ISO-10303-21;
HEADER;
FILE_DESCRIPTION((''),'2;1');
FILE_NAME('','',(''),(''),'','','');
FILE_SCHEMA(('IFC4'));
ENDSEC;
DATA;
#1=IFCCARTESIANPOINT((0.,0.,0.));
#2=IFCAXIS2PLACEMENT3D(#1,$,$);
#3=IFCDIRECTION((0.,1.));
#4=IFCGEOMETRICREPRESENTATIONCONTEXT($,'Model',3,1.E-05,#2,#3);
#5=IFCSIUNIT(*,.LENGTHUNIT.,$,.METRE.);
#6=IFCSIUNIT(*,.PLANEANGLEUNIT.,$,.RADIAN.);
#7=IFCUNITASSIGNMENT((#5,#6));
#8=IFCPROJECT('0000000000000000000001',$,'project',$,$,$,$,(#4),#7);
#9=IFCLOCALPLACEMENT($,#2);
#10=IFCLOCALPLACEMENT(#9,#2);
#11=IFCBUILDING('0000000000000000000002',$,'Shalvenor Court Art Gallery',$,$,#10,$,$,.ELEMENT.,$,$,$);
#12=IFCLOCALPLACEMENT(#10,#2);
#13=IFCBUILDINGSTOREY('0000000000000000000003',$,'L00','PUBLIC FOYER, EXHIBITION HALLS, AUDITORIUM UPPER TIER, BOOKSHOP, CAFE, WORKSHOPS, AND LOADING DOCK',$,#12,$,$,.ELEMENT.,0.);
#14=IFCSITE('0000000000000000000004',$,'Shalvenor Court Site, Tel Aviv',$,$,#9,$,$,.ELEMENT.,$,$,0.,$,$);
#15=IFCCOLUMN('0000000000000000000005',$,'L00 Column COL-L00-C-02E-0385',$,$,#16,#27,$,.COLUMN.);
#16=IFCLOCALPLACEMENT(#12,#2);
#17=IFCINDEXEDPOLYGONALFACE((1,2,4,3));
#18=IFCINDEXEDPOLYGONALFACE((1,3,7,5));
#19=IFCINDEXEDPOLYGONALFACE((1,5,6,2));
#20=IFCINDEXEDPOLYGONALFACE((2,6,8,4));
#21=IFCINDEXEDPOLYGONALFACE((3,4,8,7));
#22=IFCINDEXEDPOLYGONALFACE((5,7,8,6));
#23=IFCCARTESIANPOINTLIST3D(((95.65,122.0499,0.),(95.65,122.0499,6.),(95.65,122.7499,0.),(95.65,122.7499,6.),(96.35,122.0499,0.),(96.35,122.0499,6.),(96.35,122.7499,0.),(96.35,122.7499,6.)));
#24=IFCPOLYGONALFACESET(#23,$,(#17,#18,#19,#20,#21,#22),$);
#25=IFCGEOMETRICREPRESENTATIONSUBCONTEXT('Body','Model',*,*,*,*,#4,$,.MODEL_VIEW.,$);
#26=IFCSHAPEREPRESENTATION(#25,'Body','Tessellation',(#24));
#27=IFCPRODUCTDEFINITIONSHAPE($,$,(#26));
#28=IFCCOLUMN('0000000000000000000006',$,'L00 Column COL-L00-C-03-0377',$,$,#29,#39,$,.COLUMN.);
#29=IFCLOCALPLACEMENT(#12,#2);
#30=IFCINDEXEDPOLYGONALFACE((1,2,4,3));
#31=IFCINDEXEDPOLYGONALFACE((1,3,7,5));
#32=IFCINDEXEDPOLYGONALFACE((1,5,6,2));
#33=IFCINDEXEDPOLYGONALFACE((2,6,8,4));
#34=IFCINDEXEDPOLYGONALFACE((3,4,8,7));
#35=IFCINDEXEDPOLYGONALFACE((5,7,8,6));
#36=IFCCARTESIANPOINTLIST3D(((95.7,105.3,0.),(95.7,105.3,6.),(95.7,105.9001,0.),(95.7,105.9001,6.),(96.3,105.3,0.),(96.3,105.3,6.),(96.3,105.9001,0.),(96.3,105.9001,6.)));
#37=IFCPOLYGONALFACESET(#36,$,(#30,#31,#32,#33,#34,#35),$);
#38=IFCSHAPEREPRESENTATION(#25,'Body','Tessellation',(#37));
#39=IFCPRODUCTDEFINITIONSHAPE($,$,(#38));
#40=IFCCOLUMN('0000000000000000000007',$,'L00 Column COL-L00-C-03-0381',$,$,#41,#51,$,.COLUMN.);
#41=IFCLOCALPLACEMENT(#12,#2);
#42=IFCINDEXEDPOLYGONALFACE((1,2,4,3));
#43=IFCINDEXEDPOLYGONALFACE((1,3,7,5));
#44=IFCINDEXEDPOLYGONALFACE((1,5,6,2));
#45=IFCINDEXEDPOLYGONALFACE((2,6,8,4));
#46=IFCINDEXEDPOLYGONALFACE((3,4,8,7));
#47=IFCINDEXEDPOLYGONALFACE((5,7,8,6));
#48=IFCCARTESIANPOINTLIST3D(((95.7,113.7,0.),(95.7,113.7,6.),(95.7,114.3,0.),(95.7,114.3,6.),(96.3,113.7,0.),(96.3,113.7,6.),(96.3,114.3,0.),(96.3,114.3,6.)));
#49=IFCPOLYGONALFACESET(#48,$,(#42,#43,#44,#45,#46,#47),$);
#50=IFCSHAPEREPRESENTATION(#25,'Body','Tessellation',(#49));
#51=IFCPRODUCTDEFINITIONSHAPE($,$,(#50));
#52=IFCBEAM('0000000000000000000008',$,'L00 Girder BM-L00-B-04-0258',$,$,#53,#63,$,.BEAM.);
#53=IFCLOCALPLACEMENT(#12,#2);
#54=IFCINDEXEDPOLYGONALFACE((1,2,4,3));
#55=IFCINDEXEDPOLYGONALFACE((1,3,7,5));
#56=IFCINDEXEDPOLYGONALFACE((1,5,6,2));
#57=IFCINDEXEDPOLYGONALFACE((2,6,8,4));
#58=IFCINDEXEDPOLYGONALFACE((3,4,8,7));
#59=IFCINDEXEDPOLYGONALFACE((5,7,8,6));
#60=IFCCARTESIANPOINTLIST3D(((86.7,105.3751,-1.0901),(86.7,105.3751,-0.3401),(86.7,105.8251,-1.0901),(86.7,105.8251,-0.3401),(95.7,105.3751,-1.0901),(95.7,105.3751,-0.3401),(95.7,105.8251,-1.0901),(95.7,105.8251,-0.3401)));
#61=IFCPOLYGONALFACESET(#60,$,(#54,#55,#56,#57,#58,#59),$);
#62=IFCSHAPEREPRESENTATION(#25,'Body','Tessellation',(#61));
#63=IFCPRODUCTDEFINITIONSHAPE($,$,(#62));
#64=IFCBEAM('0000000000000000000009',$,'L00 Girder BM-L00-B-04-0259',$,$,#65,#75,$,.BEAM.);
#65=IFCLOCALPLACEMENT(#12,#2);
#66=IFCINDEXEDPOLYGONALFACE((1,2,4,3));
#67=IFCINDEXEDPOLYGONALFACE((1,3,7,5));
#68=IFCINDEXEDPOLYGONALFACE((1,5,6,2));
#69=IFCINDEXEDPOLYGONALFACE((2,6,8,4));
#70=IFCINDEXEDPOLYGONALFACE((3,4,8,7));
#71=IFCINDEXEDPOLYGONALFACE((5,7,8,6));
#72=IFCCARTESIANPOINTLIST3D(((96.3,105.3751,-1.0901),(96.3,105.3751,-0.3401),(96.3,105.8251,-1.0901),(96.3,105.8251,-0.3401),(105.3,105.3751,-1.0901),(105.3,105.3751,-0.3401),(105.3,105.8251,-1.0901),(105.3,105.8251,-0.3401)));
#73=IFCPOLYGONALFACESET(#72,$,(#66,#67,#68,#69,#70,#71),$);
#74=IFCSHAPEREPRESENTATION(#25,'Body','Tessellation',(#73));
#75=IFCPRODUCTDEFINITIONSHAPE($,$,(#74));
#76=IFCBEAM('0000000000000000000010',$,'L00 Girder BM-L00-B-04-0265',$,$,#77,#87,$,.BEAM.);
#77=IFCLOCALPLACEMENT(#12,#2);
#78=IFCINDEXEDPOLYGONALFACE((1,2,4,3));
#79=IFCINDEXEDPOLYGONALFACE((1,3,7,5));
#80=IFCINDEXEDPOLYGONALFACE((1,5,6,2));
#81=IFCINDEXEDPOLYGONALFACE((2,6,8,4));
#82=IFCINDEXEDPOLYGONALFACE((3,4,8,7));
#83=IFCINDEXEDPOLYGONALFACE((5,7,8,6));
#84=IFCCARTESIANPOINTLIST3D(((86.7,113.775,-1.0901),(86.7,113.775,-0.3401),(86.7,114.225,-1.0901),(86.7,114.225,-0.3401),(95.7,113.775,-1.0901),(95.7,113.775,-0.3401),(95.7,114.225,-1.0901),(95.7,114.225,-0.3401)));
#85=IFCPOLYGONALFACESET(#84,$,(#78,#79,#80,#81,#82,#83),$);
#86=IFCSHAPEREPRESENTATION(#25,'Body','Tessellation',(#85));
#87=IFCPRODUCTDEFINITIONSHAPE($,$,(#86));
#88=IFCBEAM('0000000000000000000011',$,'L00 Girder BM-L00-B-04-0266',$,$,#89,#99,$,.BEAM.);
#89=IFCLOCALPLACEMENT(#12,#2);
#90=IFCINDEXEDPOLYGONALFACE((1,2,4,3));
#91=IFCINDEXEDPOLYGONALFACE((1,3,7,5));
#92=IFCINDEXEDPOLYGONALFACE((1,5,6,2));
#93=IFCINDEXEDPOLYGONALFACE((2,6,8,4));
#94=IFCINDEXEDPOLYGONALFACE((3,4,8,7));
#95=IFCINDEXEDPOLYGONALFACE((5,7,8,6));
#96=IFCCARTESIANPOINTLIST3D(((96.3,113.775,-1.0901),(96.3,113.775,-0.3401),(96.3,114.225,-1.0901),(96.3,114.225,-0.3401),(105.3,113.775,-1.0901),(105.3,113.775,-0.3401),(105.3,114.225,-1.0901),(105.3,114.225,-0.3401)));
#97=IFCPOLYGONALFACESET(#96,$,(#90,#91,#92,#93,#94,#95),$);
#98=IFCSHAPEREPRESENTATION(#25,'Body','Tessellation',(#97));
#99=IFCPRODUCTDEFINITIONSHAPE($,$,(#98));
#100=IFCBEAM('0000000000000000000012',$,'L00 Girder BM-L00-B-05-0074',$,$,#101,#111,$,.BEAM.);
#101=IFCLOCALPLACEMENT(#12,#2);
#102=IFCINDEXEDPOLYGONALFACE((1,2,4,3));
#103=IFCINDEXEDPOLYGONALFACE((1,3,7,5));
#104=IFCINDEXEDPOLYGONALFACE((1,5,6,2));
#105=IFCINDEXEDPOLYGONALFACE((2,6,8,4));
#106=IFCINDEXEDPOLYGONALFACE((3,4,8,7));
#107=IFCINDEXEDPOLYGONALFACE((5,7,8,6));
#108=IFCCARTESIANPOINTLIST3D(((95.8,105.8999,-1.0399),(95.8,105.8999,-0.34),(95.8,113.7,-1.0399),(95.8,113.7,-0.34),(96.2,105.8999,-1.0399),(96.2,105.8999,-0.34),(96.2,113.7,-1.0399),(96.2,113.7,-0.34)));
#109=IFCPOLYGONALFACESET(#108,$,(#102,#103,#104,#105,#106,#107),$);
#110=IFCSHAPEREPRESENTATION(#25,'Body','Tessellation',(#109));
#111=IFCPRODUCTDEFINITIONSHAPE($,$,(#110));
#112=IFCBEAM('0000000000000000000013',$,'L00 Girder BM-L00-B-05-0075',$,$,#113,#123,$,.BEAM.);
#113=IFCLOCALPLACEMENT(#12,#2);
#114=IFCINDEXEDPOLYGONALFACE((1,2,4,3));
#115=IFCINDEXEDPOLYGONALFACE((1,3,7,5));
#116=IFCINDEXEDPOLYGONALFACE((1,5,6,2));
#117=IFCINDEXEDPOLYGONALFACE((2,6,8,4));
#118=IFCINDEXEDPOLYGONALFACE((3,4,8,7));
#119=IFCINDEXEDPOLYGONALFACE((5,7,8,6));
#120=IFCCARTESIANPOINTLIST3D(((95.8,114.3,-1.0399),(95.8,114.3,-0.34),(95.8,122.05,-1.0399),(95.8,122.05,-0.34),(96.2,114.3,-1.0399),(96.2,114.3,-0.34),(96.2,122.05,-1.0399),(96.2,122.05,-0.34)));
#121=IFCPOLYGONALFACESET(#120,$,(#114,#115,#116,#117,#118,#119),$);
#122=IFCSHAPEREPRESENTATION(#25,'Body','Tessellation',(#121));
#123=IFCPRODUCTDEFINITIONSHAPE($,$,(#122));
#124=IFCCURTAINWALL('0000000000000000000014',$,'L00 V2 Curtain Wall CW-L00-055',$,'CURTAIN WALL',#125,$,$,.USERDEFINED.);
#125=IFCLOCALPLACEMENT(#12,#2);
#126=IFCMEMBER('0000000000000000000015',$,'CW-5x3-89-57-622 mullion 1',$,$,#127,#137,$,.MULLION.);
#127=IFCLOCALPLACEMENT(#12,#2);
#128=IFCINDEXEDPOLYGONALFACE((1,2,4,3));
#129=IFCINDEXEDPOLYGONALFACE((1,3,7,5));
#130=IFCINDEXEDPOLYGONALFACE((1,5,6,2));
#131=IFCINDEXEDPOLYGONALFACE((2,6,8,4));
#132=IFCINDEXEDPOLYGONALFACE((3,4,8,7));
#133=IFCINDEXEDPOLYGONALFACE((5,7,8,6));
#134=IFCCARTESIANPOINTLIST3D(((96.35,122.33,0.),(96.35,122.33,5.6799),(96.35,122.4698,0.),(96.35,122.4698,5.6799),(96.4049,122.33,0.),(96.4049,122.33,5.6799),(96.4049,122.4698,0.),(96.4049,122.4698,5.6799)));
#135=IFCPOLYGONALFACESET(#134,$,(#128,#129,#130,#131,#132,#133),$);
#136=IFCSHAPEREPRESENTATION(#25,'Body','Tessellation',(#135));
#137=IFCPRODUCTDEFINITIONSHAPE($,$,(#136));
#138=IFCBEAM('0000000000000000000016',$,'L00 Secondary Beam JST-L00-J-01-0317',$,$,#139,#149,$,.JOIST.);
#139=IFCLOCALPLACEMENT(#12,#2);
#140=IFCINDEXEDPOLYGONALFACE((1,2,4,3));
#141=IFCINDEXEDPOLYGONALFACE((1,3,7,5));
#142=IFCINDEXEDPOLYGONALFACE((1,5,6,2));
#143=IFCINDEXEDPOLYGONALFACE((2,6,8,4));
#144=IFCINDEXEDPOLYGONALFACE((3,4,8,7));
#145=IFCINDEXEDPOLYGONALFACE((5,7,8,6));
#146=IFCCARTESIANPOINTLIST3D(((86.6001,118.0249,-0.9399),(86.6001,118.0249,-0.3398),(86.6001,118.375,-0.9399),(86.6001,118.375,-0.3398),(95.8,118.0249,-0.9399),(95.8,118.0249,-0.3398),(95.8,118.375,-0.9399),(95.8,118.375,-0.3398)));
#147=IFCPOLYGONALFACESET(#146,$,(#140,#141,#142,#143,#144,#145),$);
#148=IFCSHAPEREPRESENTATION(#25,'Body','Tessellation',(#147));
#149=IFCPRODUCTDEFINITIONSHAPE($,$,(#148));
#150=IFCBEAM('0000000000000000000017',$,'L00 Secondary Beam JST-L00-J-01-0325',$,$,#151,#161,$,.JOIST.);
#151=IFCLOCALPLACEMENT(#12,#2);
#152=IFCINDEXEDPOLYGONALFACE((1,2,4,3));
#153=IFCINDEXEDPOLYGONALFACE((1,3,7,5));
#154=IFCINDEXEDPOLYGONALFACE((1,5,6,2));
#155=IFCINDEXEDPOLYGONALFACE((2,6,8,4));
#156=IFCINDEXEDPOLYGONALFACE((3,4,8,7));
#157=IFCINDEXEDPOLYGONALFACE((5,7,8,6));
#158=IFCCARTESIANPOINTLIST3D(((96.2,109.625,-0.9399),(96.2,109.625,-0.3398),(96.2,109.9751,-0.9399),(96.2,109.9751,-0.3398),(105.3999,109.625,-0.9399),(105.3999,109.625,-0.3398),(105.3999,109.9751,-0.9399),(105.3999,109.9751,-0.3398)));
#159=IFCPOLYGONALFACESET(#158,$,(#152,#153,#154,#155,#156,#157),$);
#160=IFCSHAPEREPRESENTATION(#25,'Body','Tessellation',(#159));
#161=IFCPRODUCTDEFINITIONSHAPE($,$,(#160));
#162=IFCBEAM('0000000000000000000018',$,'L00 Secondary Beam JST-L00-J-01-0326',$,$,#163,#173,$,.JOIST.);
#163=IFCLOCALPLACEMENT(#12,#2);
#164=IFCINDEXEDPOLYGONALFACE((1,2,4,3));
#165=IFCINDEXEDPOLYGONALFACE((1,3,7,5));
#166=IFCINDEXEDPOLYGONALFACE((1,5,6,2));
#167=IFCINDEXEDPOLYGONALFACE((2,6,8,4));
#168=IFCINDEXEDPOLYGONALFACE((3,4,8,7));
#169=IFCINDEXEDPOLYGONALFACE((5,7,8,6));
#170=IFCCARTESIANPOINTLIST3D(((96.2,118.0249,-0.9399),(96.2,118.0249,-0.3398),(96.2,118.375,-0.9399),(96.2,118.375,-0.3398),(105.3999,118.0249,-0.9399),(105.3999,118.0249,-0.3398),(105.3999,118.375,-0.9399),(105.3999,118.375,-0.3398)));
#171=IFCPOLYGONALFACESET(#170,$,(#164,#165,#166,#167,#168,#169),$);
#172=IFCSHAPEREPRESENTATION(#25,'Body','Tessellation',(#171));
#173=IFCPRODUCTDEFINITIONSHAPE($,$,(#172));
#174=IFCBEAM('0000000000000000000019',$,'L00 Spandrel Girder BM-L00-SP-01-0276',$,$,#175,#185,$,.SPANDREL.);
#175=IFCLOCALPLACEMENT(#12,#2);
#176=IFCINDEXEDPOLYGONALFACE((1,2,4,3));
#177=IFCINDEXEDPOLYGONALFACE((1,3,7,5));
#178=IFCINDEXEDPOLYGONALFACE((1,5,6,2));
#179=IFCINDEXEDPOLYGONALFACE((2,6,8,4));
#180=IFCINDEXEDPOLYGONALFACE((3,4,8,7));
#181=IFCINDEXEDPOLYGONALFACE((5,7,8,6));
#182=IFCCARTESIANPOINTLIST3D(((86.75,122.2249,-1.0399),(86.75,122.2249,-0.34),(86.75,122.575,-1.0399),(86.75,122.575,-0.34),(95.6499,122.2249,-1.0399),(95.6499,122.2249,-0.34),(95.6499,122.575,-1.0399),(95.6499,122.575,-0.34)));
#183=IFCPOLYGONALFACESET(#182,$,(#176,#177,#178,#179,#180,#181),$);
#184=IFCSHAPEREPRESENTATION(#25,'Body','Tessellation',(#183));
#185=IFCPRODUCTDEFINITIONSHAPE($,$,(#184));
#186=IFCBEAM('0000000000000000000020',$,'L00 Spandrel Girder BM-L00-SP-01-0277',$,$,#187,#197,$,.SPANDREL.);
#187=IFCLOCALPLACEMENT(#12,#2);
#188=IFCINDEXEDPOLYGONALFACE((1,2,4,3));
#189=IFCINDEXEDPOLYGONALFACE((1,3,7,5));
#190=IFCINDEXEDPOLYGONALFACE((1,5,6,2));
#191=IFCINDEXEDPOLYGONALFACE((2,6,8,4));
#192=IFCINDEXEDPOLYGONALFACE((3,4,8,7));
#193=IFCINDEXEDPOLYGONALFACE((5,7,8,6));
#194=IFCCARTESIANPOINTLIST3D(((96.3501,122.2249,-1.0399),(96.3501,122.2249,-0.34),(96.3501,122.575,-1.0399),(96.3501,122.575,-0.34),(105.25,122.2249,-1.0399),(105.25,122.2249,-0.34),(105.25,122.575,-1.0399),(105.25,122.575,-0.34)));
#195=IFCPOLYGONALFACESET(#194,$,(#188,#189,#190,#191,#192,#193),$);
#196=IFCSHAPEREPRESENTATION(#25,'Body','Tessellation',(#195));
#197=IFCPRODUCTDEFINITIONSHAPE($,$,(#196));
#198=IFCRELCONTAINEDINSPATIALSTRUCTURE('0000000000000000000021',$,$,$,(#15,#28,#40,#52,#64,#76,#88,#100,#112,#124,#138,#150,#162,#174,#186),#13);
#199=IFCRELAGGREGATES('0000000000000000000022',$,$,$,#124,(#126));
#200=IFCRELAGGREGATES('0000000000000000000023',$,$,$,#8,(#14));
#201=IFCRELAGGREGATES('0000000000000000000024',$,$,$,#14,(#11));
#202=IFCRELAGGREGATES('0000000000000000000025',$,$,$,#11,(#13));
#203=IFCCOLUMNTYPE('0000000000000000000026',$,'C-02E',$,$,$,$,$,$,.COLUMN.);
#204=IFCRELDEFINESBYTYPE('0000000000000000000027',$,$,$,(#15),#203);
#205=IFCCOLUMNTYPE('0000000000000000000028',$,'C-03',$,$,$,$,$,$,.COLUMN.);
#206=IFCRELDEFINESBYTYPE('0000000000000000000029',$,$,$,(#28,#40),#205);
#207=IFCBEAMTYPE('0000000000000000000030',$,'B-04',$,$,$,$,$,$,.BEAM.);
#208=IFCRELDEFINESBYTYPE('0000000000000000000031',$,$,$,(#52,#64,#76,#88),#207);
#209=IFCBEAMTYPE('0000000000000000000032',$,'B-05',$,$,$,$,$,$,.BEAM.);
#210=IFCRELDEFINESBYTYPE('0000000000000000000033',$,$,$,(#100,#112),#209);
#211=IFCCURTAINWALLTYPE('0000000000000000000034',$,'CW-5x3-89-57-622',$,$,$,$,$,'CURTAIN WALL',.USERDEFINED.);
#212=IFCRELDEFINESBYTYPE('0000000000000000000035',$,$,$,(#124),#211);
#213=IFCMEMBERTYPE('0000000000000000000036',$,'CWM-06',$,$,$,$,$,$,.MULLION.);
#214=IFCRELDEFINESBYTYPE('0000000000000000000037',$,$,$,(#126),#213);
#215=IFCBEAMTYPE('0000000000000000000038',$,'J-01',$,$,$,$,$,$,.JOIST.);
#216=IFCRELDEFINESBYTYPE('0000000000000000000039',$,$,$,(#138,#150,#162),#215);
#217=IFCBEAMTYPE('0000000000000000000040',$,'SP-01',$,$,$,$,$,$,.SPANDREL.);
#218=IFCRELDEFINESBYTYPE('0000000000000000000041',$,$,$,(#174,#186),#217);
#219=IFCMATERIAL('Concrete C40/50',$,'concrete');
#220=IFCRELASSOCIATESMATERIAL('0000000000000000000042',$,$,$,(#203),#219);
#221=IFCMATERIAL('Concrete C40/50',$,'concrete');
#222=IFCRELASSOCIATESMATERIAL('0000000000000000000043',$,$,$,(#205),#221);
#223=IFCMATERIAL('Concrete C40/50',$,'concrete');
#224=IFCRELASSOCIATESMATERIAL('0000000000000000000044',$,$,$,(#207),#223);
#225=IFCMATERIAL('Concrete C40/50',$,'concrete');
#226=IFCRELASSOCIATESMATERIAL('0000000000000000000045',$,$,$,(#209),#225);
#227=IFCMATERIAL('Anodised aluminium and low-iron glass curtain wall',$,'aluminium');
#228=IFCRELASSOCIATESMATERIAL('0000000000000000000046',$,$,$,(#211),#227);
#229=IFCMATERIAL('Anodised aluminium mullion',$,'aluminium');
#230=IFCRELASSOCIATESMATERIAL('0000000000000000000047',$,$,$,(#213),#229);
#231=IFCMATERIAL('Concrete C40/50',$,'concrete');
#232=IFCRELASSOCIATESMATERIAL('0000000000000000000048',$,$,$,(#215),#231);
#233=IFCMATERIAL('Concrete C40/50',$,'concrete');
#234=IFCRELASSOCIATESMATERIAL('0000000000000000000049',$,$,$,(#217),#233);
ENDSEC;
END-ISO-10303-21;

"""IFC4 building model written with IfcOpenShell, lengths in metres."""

from ifc_helpers import new_model, si_unit, direction, frame, origin, origin_2d, place, context, subcontext, project, spatial, rectangle, extrude, material, material_profile, profile_set, type_object, element, aggregate, save


model = new_model("IFC4")

# Units and contexts
model_context = context("Model", 3, precision=1e-05, world=origin(), true_north=direction((0.0, 1.0)))
body_context = subcontext(model_context, "Body", "Model", "MODEL_VIEW")
ifc_project = project(units=[si_unit("LENGTHUNIT", "METRE"), si_unit("PLANEANGLEUNIT", "RADIAN")], contexts=[model_context])

# Site, building, storey
site_placement = place(None, origin())
site = spatial("IfcSite", under=ifc_project, at=site_placement, Name="Shalvenor Court Site, Tel Aviv", CompositionType="ELEMENT", RefElevation=0.0)
building_placement = place(site_placement, origin())
building = spatial("IfcBuilding", under=site, at=building_placement, Name="Shalvenor Court Art Gallery", CompositionType="ELEMENT")
storey_placement = place(building_placement, origin())
storey = spatial("IfcBuildingStorey", under=building, at=storey_placement, Name="L00", Description="PUBLIC FOYER, EXHIBITION HALLS, AUDITORIUM UPPER TIER, BOOKSHOP, CAFE, WORKSHOPS, AND LOADING DOCK", CompositionType="ELEMENT", Elevation=0.0)

# Columns
ifc_material_1 = material(Name="Concrete C40/50", Category="concrete")
ifc_material_profile_1 = material_profile(ifc_material_1, rectangle(XDim=0.7, YDim=0.7, at=origin_2d()), Name="RC 700x700")
ifc_profile_set_1 = profile_set([ifc_material_profile_1], Name="Concrete C40/50")
column_type_1 = type_object("IfcColumnType", Name="C-02E", PredefinedType="COLUMN", material=ifc_profile_set_1)
column_placement = place(storey_placement, frame((96.0, 122.3999, 0.0), z_axis=(0.0, 0.0, 1.0), x_axis=(1.0, 0.0, 0.0)))
element("IfcColumn", 1, at=column_placement, inside=storey, type_object=column_type_1, Name="L00 Column COL-L00-C-02E-0385", PredefinedType="COLUMN", context=body_context, shape_type="SweptSolid", body=[
    extrude(rectangle(XDim=0.7, YDim=0.7, at=origin_2d()), origin(), (0.0, 0.0, 1.0), 6.0),
])
ifc_material_2 = material(Name="Concrete C40/50", Category="concrete")
ifc_material_profile_2 = material_profile(ifc_material_2, rectangle(XDim=0.6001, YDim=0.6001, at=origin_2d()), Name="RC 600x600")
ifc_profile_set_2 = profile_set([ifc_material_profile_2], Name="Concrete C40/50")
column_type_2 = type_object("IfcColumnType", Name="C-03", PredefinedType="COLUMN", material=ifc_profile_set_2)
for number, where, z_axis, x_axis, name in (
    (2, (96.0, 105.6001, 0.0), (0.0, 0.0, 1.0), (1.0, 0.0, 0.0), "L00 Column COL-L00-C-03-0377"),
    (3, (96.0, 114.0, 0.0), (0.0, 0.0, 1.0), (1.0, 0.0, 0.0), "L00 Column COL-L00-C-03-0381"),
):
    element("IfcColumn", number, at=place(storey_placement, frame(where, z_axis=z_axis, x_axis=x_axis)), inside=storey, type_object=column_type_2, Name=name, PredefinedType="COLUMN", context=body_context, shape_type="SweptSolid", body=[
        extrude(rectangle(XDim=0.6001, YDim=0.6001, at=origin_2d()), origin(), (0.0, 0.0, 1.0), 6.0),
    ])

# Beams
ifc_material_3 = material(Name="Concrete C40/50", Category="concrete")
ifc_material_profile_3 = material_profile(ifc_material_3, rectangle(XDim=0.45, YDim=0.75, at=origin_2d()), Name="RC 450x750")
ifc_profile_set_3 = profile_set([ifc_material_profile_3], Name="Concrete C40/50")
beam_type_1 = type_object("IfcBeamType", Name="B-04", PredefinedType="BEAM", material=ifc_profile_set_3)
for number, where, z_axis, x_axis, name in (
    (4, (86.7, 105.6001, -0.7151), (1.0, 0.0, 0.0), (0.0, 1.0, 0.0), "L00 Girder BM-L00-B-04-0258"),
    (5, (96.3, 105.6001, -0.7151), (1.0, 0.0, 0.0), (0.0, 1.0, 0.0), "L00 Girder BM-L00-B-04-0259"),
    (6, (86.7, 114.0, -0.7151), (1.0, 0.0, 0.0), (0.0, 1.0, 0.0), "L00 Girder BM-L00-B-04-0265"),
    (7, (96.3, 114.0, -0.7151), (1.0, 0.0, 0.0), (0.0, 1.0, 0.0), "L00 Girder BM-L00-B-04-0266"),
):
    element("IfcBeam", number, at=place(storey_placement, frame(where, z_axis=z_axis, x_axis=x_axis)), inside=storey, type_object=beam_type_1, Name=name, PredefinedType="BEAM", context=body_context, shape_type="SweptSolid", body=[
        extrude(rectangle(XDim=0.45, YDim=0.75, at=origin_2d()), origin(), (0.0, 0.0, 1.0), 9.0),
    ])
ifc_material_4 = material(Name="Concrete C40/50", Category="concrete")
ifc_material_profile_4 = material_profile(ifc_material_4, rectangle(XDim=0.3999, YDim=0.7, at=origin_2d()), Name="RC 400x700")
ifc_profile_set_4 = profile_set([ifc_material_profile_4], Name="Concrete C40/50")
beam_type_2 = type_object("IfcBeamType", Name="B-05", PredefinedType="BEAM", material=ifc_profile_set_4)
beam_1_placement = place(storey_placement, frame((96.0, 105.8999, -0.6899), z_axis=(0.0, 1.0, 0.0), x_axis=(-1.0, 0.0, 0.0)))
element("IfcBeam", 8, at=beam_1_placement, inside=storey, type_object=beam_type_2, Name="L00 Girder BM-L00-B-05-0074", PredefinedType="BEAM", context=body_context, shape_type="SweptSolid", body=[
    extrude(rectangle(XDim=0.3999, YDim=0.7, at=origin_2d()), origin(), (0.0, 0.0, 1.0), 7.8),
])
beam_2_placement = place(storey_placement, frame((96.0, 114.3, -0.6899), z_axis=(0.0, 1.0, 0.0), x_axis=(-1.0, 0.0, 0.0)))
element("IfcBeam", 9, at=beam_2_placement, inside=storey, type_object=beam_type_2, Name="L00 Girder BM-L00-B-05-0075", PredefinedType="BEAM", context=body_context, shape_type="SweptSolid", body=[
    extrude(rectangle(XDim=0.3999, YDim=0.7, at=origin_2d()), origin(), (0.0, 0.0, 1.0), 7.75),
])

# Curtain wall, member
ifc_material_5 = material(Name="Anodised aluminium and low-iron glass curtain wall", Category="aluminium")
curtain_wall_type = type_object("IfcCurtainWallType", Name="CW-5x3-89-57-622", ElementType="CURTAIN WALL", PredefinedType="USERDEFINED", material=ifc_material_5)
curtain_wall_placement = place(storey_placement, origin())
curtain_wall = element("IfcCurtainWall", 10, at=curtain_wall_placement, inside=storey, type_object=curtain_wall_type, Name="L00 V2 Curtain Wall CW-L00-055", ObjectType="CURTAIN WALL", PredefinedType="USERDEFINED")
ifc_material_6 = material(Name="Anodised aluminium mullion", Category="aluminium")
ifc_material_profile_5 = material_profile(ifc_material_6, rectangle(XDim=0.0549, YDim=0.1399, at=origin_2d()), Name="CWM-06")
ifc_profile_set_5 = profile_set([ifc_material_profile_5], Name="Anodised aluminium mullion")
member_type = type_object("IfcMemberType", Name="CWM-06", PredefinedType="MULLION", material=ifc_profile_set_5)
member_placement = place(storey_placement, frame((96.3774, 122.3999, 0.0), z_axis=(0.0, 0.0, 1.0), x_axis=(1.0, 0.0, 0.0)))
member = element("IfcMember", 11, at=member_placement, type_object=member_type, Name="CW-5x3-89-57-622 mullion 1", PredefinedType="MULLION", context=body_context, shape_type="SweptSolid", body=[
    extrude(rectangle(XDim=0.0549, YDim=0.1399, at=origin_2d()), origin(), (0.0, 0.0, 1.0), 5.6799),
])
aggregate(curtain_wall, [member])

# Beams
ifc_material_7 = material(Name="Concrete C40/50", Category="concrete")
ifc_material_profile_6 = material_profile(ifc_material_7, rectangle(XDim=0.3501, YDim=0.6001, at=origin_2d()), Name="RC 350x600")
ifc_profile_set_6 = profile_set([ifc_material_profile_6], Name="Concrete C40/50")
beam_type_3 = type_object("IfcBeamType", Name="J-01", PredefinedType="JOIST", material=ifc_profile_set_6)
for number, where, z_axis, x_axis, name in (
    (12, (86.6001, 118.2, -0.6399), (1.0, 0.0, 0.0), (0.0, 1.0, 0.0), "L00 Secondary Beam JST-L00-J-01-0317"),
    (13, (96.2, 109.8, -0.6399), (1.0, 0.0, 0.0), (0.0, 1.0, 0.0), "L00 Secondary Beam JST-L00-J-01-0325"),
    (14, (96.2, 118.2, -0.6399), (1.0, 0.0, 0.0), (0.0, 1.0, 0.0), "L00 Secondary Beam JST-L00-J-01-0326"),
):
    element("IfcBeam", number, at=place(storey_placement, frame(where, z_axis=z_axis, x_axis=x_axis)), inside=storey, type_object=beam_type_3, Name=name, PredefinedType="JOIST", context=body_context, shape_type="SweptSolid", body=[
        extrude(rectangle(XDim=0.3501, YDim=0.6001, at=origin_2d()), origin(), (0.0, 0.0, 1.0), 9.2),
    ])
ifc_material_8 = material(Name="Concrete C40/50", Category="concrete")
ifc_material_profile_7 = material_profile(ifc_material_8, rectangle(XDim=0.3501, YDim=0.7, at=origin_2d()), Name="RC 350x700")
ifc_profile_set_7 = profile_set([ifc_material_profile_7], Name="Concrete C40/50")
beam_type_4 = type_object("IfcBeamType", Name="SP-01", PredefinedType="SPANDREL", material=ifc_profile_set_7)
for number, where, z_axis, x_axis, name in (
    (15, (86.75, 122.3999, -0.6899), (1.0, 0.0, 0.0), (0.0, 1.0, 0.0), "L00 Spandrel Girder BM-L00-SP-01-0276"),
    (16, (96.3501, 122.3999, -0.6899), (1.0, 0.0, 0.0), (0.0, 1.0, 0.0), "L00 Spandrel Girder BM-L00-SP-01-0277"),
):
    element("IfcBeam", number, at=place(storey_placement, frame(where, z_axis=z_axis, x_axis=x_axis)), inside=storey, type_object=beam_type_4, Name=name, PredefinedType="SPANDREL", context=body_context, shape_type="SweptSolid", body=[
        extrude(rectangle(XDim=0.3501, YDim=0.7, at=origin_2d()), origin(), (0.0, 0.0, 1.0), 8.8999),
    ])

save(model, "model.ifc")
